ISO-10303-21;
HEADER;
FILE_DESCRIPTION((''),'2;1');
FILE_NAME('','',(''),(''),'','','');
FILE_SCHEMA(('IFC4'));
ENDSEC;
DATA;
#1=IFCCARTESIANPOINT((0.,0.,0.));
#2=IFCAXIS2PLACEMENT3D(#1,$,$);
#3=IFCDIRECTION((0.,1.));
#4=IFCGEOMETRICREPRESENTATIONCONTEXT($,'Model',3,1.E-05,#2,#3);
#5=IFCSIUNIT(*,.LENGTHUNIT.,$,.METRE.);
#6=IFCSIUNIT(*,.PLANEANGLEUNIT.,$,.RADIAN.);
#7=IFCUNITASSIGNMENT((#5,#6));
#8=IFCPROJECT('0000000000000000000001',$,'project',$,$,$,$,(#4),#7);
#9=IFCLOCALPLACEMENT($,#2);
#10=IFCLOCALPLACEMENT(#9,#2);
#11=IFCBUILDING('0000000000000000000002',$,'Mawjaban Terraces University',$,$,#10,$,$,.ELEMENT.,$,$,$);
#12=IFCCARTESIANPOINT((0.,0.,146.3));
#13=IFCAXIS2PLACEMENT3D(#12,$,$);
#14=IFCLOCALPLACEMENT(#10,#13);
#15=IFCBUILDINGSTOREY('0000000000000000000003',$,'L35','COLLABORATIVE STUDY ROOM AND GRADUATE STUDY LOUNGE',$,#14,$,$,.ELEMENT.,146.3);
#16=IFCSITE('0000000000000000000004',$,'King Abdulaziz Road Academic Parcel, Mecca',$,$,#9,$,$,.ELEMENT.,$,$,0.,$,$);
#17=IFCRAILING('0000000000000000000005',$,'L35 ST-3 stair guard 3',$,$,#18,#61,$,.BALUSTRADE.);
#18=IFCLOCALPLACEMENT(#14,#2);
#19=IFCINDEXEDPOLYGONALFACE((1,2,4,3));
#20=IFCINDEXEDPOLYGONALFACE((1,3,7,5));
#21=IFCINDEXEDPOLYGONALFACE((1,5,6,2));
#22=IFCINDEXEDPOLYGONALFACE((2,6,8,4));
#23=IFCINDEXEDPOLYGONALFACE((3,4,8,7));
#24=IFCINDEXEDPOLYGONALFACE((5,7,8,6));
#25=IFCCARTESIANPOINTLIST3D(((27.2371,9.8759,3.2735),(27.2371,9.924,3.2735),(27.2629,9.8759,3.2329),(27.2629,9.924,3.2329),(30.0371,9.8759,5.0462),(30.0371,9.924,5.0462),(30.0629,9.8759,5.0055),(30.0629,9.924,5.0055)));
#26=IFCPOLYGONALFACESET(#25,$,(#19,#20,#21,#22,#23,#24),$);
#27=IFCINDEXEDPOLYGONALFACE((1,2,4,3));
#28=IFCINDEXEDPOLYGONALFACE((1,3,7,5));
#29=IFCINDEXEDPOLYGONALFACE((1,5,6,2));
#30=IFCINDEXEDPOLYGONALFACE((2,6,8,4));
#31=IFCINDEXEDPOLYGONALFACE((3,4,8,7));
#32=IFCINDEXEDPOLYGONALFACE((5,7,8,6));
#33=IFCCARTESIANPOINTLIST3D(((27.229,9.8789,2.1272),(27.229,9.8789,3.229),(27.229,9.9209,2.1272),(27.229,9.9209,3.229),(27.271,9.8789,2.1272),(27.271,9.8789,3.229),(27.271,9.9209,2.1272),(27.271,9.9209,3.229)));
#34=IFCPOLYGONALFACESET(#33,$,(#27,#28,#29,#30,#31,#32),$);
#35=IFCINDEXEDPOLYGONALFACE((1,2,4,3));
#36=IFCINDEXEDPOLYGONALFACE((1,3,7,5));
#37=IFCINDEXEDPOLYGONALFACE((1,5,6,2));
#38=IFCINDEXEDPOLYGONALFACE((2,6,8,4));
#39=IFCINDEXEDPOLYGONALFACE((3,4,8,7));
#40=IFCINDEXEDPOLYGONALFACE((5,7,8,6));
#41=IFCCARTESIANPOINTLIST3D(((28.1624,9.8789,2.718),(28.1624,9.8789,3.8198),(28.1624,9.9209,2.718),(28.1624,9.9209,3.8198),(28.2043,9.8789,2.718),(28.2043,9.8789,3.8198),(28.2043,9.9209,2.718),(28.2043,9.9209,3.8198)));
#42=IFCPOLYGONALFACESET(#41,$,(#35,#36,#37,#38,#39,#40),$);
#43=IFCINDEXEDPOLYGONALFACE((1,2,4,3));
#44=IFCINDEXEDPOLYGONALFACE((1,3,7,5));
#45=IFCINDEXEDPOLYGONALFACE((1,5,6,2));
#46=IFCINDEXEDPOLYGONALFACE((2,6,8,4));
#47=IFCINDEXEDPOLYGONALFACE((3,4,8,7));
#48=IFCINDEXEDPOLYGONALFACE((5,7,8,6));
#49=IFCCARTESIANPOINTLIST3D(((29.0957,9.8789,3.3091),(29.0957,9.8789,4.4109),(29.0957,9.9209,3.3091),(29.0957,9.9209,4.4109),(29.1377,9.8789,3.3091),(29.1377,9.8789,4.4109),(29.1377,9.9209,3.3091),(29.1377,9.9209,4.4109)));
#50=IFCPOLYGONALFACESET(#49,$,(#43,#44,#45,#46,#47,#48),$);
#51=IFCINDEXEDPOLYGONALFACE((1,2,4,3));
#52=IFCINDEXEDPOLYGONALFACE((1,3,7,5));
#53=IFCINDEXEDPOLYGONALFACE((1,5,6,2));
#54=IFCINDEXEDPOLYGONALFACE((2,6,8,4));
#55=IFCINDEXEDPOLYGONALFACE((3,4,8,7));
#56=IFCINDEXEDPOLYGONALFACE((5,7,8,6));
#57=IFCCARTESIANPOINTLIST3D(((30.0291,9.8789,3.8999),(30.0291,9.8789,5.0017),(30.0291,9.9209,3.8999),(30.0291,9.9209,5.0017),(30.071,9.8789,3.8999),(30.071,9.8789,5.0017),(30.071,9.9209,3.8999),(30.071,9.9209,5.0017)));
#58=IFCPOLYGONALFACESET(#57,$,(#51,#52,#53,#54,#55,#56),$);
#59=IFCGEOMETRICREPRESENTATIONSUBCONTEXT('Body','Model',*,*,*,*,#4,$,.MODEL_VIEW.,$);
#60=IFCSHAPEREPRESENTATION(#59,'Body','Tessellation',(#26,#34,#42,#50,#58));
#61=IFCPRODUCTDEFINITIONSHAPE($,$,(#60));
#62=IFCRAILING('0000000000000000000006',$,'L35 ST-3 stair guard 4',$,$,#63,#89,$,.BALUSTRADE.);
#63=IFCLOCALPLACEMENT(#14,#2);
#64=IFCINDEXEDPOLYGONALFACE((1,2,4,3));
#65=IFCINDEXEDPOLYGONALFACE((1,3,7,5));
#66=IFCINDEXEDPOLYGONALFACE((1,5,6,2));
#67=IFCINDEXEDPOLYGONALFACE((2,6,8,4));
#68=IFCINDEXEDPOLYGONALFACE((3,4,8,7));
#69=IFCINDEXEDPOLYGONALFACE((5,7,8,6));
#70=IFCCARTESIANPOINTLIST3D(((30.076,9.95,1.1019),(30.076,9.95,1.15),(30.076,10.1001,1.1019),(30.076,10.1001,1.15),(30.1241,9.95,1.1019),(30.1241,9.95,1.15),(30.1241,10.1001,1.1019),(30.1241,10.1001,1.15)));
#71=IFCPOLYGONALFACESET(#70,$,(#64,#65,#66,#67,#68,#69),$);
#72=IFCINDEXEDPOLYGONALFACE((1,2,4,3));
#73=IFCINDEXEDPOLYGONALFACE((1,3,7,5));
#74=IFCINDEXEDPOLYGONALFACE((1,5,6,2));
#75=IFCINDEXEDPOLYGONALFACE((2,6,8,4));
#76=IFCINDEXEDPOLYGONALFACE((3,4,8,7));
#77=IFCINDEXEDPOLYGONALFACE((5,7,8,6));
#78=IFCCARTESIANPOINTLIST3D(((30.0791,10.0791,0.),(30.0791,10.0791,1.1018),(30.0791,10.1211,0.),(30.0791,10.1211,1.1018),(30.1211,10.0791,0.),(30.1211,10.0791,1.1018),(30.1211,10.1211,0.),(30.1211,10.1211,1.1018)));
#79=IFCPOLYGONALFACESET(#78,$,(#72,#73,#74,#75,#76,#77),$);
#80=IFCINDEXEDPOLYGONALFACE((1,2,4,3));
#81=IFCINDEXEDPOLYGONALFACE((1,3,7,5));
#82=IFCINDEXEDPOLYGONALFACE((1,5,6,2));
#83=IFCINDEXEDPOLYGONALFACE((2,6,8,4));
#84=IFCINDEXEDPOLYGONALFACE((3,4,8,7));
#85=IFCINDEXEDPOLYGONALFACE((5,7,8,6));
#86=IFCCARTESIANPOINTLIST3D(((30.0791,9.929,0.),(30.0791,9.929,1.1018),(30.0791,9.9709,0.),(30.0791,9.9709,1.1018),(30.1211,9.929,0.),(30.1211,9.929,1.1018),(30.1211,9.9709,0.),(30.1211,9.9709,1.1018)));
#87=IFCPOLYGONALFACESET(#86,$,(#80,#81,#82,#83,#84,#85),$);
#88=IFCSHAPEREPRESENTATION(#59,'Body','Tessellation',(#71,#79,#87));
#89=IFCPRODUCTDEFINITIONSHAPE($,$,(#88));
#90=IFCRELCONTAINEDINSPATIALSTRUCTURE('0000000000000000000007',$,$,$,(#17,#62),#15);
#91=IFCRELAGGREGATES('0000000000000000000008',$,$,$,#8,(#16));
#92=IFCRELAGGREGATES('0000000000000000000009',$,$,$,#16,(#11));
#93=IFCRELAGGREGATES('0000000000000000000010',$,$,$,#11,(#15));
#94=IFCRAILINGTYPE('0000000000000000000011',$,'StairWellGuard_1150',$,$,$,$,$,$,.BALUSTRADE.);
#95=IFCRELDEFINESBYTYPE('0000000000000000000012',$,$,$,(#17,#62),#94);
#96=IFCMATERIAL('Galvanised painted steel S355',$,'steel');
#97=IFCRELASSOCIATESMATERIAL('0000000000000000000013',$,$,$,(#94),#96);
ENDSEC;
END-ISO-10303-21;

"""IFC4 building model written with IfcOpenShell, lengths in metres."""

from ifc_helpers import new_model, si_unit, direction, frame, origin, origin_2d, place, context, subcontext, project, spatial, rectangle, extrude, material, type_object, element, save


model = new_model("IFC4")

# Units and contexts
model_context = context("Model", 3, precision=1e-05, world=origin(), true_north=direction((0.0, 1.0)))
body_context = subcontext(model_context, "Body", "Model", "MODEL_VIEW")
ifc_project = project(units=[si_unit("LENGTHUNIT", "METRE"), si_unit("PLANEANGLEUNIT", "RADIAN")], contexts=[model_context])

# Site, building, storey
site_placement = place(None, origin())
site = spatial("IfcSite", under=ifc_project, at=site_placement, Name="King Abdulaziz Road Academic Parcel, Mecca", CompositionType="ELEMENT", RefElevation=0.0)
building_placement = place(site_placement, origin())
building = spatial("IfcBuilding", under=site, at=building_placement, Name="Mawjaban Terraces University", CompositionType="ELEMENT")
storey_placement = place(building_placement, frame((0.0, 0.0, 146.3)))
storey = spatial("IfcBuildingStorey", under=building, at=storey_placement, Name="L35", Description="COLLABORATIVE STUDY ROOM AND GRADUATE STUDY LOUNGE", CompositionType="ELEMENT", Elevation=146.3)

# Railings
ifc_material_1 = material(Name="Galvanised painted steel S355", Category="steel")
railing_type_1 = type_object("IfcRailingType", Name="StairWellGuard_1150", PredefinedType="BALUSTRADE", material=ifc_material_1)
railing_1_placement = place(storey_placement, frame((27.25, 9.8999, 2.1272)))
element("IfcRailing", 1, at=railing_1_placement, inside=storey, type_object=railing_type_1, Name="L35 ST-3 stair guard 3", PredefinedType="BALUSTRADE", context=body_context, shape_type="SweptSolid", body=[
    extrude(rectangle(XDim=0.0481, YDim=0.0481, at=origin_2d()), frame((0.0, 0.0, 1.126), z_axis=(0.844909, 0.0, 0.53491), x_axis=(0.0, 1.0, 0.0)), (0.0, 0.0, 1.0), 3.314),
    extrude(rectangle(XDim=0.042, YDim=0.042, at=origin_2d()), origin(), (0.0, 0.0, 1.0), 1.1018),
    extrude(rectangle(XDim=0.042, YDim=0.042, at=origin_2d()), frame((0.9333, 0.0, 0.5908)), (0.0, 0.0, 1.0), 1.1018),
    extrude(rectangle(XDim=0.042, YDim=0.042, at=origin_2d()), frame((1.8667, 0.0, 1.1819)), (0.0, 0.0, 1.0), 1.1018),
    extrude(rectangle(XDim=0.042, YDim=0.042, at=origin_2d()), frame((2.8, 0.0, 1.7727)), (0.0, 0.0, 1.0), 1.1018),
])
railing_2_placement = place(storey_placement, frame((30.1001, 10.1001, 0.0)))
element("IfcRailing", 2, at=railing_2_placement, inside=storey, type_object=railing_type_1, Name="L35 ST-3 stair guard 4", PredefinedType="BALUSTRADE", context=body_context, shape_type="SweptSolid", body=[
    extrude(rectangle(XDim=0.0481, YDim=0.0481, at=origin_2d()), frame((0.0, 0.0, 1.126), z_axis=(0.0, -1.0, 0.0), x_axis=(1.0, 0.0, 0.0)), (0.0, 0.0, 1.0), 0.1501),
    extrude(rectangle(XDim=0.042, YDim=0.042, at=origin_2d()), origin(), (0.0, 0.0, 1.0), 1.1018),
    extrude(rectangle(XDim=0.042, YDim=0.042, at=origin_2d()), frame((0.0, -0.1501, 0.0)), (0.0, 0.0, 1.0), 1.1018),
])

save(model, "model.ifc")
